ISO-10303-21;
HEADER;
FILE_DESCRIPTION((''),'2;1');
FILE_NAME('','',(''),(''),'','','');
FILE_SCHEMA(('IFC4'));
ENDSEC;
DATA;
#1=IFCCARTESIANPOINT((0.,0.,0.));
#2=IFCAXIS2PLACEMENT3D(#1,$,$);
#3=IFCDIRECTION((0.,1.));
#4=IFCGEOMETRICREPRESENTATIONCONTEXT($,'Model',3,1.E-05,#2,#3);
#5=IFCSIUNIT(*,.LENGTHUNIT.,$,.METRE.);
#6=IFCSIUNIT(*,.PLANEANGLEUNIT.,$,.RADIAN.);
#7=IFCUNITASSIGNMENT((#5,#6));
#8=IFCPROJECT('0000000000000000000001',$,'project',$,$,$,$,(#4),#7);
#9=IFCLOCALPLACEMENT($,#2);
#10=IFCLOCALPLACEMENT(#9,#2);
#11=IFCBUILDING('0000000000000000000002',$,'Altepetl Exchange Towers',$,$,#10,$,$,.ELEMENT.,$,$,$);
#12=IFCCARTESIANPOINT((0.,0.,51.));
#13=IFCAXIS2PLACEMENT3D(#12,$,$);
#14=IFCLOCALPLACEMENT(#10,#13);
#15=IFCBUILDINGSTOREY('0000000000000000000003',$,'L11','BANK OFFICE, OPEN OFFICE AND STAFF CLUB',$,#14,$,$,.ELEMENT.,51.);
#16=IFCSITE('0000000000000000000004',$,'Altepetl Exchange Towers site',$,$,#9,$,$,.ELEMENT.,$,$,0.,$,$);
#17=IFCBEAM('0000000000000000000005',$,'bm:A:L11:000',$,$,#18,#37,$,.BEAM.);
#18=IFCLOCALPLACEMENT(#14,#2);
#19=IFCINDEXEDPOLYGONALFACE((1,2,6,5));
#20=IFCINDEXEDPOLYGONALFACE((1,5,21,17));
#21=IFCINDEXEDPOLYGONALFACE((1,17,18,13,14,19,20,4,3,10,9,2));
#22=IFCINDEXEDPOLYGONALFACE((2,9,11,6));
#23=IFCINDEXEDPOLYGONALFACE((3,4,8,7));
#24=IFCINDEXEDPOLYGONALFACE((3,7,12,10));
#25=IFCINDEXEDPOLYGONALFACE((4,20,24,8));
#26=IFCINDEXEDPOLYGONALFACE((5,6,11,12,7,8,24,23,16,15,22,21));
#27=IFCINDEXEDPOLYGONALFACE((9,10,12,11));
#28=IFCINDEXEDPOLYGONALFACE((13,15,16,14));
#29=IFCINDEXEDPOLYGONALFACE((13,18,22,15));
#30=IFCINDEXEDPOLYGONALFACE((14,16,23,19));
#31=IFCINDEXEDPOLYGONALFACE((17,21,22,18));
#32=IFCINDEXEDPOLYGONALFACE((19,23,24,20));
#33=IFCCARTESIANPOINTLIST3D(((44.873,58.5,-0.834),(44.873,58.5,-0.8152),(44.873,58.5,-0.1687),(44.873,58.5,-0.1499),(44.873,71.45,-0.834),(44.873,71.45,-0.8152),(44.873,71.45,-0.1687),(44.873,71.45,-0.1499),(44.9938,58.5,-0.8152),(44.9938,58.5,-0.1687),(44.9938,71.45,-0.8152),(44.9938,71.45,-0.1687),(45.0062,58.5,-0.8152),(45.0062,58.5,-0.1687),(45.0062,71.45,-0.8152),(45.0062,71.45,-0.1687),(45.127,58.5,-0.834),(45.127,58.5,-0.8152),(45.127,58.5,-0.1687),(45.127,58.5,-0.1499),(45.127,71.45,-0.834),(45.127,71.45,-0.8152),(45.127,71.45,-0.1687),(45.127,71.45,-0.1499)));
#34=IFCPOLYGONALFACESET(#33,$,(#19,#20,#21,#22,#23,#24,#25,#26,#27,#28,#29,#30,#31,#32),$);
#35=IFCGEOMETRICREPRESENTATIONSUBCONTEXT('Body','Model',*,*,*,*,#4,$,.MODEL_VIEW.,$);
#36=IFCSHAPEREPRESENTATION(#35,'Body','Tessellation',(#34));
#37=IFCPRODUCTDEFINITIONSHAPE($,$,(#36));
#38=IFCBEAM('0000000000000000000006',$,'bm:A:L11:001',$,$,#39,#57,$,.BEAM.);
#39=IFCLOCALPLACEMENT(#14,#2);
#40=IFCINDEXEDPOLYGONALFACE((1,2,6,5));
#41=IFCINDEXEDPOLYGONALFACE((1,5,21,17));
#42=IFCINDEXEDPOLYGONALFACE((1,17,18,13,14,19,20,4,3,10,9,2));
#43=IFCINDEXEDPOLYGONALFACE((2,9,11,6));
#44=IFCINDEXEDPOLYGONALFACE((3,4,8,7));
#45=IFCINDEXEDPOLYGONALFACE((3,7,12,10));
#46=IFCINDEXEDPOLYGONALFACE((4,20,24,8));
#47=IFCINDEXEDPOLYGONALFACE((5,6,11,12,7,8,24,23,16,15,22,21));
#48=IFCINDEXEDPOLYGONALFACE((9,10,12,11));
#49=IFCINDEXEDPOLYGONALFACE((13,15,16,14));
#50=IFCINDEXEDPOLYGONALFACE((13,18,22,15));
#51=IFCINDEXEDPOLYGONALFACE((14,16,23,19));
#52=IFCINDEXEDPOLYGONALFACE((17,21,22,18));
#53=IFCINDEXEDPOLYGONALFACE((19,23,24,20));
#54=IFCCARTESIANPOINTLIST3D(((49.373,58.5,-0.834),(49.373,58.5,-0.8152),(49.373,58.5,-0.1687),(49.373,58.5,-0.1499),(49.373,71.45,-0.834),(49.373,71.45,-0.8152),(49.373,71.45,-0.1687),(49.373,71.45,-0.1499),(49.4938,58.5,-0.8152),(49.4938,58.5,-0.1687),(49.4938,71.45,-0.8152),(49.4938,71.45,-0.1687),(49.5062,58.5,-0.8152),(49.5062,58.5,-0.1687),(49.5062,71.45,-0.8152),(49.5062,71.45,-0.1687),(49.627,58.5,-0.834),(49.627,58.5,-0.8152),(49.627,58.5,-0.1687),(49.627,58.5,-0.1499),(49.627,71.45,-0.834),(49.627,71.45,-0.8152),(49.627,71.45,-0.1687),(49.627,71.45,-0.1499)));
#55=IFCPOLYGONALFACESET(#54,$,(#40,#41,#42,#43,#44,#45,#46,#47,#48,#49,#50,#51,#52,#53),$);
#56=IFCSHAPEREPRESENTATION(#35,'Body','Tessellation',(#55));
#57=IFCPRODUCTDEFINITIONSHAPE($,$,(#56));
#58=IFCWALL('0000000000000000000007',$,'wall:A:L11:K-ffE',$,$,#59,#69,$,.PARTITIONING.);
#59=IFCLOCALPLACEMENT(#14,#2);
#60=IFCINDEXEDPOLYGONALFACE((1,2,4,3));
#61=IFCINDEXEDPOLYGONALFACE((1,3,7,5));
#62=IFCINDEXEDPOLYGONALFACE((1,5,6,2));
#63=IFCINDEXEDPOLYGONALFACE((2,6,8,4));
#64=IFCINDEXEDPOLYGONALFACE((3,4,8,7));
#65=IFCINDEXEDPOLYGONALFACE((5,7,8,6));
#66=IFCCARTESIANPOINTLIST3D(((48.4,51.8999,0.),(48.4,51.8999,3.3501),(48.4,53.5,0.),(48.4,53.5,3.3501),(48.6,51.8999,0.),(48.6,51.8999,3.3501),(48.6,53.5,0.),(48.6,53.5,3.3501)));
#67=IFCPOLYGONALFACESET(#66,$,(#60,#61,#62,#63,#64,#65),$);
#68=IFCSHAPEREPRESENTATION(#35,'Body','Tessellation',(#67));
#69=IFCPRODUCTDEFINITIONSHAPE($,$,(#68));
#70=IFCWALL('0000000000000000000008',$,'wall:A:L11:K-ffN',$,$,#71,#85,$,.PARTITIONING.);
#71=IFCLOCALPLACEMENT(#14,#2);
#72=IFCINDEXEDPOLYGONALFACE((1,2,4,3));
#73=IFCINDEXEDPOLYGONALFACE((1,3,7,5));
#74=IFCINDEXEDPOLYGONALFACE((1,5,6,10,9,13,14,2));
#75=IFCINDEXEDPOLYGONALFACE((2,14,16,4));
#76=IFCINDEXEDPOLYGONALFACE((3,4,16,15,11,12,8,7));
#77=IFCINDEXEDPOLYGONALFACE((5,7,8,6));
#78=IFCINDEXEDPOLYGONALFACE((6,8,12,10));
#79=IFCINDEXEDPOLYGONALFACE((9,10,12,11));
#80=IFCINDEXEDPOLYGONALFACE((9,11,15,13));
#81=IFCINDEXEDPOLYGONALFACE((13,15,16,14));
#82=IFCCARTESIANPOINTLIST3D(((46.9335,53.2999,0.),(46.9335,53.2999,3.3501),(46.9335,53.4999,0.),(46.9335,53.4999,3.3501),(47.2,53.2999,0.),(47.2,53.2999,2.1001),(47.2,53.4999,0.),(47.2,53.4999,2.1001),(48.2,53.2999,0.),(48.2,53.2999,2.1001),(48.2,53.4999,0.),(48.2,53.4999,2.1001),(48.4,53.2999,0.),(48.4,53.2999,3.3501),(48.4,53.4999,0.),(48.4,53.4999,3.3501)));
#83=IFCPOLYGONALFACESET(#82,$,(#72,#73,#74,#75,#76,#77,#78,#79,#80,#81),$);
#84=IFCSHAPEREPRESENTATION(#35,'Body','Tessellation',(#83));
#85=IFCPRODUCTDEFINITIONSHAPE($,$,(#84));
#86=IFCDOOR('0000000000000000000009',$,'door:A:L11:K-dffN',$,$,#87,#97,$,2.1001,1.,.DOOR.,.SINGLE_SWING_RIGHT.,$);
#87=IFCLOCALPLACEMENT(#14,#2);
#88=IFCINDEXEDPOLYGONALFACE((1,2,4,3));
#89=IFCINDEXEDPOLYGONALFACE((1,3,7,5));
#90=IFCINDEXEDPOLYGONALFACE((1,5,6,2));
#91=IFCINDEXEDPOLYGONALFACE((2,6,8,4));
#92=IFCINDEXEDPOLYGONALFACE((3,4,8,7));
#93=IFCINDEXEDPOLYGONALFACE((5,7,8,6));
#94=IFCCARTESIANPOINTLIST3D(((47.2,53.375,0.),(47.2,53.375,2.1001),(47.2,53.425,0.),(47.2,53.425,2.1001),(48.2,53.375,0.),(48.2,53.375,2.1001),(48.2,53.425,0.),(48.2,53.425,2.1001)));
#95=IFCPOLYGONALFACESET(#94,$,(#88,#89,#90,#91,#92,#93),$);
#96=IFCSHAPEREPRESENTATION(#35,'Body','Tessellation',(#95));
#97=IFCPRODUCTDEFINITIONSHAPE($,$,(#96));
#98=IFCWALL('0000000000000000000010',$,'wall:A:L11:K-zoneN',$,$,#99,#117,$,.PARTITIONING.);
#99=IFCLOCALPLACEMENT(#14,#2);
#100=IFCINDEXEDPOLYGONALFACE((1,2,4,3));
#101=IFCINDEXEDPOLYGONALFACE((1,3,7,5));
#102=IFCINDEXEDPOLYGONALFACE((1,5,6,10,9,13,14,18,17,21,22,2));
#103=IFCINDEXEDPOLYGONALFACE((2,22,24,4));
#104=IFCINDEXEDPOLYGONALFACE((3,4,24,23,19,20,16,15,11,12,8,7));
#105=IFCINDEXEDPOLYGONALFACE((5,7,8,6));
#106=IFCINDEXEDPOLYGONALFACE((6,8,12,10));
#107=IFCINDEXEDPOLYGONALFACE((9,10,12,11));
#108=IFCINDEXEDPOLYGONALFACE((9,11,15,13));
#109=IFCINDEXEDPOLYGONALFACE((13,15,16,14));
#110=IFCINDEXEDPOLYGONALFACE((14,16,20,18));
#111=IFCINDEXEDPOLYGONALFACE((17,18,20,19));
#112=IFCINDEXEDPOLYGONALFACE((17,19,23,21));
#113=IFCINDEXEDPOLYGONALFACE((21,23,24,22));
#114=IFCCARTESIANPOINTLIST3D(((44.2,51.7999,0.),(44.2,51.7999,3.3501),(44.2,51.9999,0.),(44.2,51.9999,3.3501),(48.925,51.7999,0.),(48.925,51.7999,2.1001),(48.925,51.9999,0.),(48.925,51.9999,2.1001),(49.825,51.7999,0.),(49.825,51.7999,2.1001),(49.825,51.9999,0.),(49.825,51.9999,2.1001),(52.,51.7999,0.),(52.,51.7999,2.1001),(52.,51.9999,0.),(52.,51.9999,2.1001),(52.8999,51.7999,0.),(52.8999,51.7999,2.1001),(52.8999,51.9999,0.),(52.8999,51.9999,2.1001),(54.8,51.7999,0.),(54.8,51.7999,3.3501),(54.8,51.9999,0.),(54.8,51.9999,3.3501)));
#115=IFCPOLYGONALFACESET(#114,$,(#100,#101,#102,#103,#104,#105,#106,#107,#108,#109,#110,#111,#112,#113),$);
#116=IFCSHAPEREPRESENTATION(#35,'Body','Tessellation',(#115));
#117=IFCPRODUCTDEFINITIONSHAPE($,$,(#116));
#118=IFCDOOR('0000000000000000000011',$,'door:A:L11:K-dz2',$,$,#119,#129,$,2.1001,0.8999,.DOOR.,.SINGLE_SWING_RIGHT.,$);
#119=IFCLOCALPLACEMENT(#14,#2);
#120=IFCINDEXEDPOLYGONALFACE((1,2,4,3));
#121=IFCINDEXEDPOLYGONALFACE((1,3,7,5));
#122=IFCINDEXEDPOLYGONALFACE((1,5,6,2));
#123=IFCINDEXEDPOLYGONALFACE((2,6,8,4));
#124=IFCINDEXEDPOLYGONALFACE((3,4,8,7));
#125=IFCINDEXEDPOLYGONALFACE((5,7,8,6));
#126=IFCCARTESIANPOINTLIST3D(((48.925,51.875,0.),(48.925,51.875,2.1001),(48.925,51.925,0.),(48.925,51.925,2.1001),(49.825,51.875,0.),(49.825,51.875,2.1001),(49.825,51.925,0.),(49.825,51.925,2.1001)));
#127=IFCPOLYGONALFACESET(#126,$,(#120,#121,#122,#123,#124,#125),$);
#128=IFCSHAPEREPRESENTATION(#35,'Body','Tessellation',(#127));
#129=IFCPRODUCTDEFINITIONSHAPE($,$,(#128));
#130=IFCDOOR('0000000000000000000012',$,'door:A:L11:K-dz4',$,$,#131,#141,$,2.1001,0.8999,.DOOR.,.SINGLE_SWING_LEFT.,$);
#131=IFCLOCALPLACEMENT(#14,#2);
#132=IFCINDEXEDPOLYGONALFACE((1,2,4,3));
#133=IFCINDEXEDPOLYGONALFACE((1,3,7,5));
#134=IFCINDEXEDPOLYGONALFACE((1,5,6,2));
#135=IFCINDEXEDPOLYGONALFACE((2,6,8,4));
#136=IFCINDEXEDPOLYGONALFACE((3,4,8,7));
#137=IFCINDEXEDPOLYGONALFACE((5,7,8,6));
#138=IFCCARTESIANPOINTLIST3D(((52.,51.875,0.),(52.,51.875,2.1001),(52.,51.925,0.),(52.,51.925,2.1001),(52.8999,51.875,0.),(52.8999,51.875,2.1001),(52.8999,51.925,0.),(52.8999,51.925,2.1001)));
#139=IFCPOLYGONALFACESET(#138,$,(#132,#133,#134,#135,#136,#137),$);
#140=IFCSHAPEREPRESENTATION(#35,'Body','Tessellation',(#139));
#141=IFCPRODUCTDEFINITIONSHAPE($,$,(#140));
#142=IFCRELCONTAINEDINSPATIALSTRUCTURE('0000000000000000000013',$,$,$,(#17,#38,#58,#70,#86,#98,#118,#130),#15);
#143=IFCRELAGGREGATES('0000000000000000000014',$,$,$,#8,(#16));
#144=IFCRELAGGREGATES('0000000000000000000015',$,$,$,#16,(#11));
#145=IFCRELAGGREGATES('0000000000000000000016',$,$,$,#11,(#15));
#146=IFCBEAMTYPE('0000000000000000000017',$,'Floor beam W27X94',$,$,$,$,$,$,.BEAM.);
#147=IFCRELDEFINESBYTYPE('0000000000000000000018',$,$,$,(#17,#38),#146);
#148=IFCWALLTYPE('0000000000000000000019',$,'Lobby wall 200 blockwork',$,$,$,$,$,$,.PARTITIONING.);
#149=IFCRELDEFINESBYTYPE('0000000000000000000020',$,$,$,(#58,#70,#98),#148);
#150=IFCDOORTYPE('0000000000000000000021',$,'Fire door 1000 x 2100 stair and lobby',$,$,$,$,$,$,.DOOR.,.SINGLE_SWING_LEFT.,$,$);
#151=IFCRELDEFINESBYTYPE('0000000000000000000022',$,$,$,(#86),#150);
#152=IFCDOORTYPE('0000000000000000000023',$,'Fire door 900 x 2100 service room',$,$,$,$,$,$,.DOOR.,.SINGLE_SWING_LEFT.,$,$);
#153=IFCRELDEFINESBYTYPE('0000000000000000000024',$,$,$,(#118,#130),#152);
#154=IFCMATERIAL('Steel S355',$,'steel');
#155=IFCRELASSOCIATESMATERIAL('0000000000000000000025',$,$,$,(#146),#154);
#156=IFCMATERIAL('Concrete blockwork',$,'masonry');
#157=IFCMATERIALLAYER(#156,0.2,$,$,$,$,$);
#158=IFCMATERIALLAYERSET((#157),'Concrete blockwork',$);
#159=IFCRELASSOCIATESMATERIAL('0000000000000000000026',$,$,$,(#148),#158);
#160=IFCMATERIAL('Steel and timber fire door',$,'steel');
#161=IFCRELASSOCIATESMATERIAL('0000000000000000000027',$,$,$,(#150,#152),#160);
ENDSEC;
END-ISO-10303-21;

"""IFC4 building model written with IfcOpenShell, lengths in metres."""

from ifc_helpers import new_model, si_unit, direction, frame, frame_2d, origin, origin_2d, place, context, subcontext, project, spatial, rectangle, i_section, extrude, material, layer, layer_set, material_profile, profile_set, type_object, element, fill, save


model = new_model("IFC4")

# Units and contexts
model_context = context("Model", 3, precision=1e-05, world=origin(), true_north=direction((0.0, 1.0)))
body_context = subcontext(model_context, "Body", "Model", "MODEL_VIEW")
ifc_project = project(units=[si_unit("LENGTHUNIT", "METRE"), si_unit("PLANEANGLEUNIT", "RADIAN")], contexts=[model_context])

# Site, building, storey
site_placement = place(None, origin())
site = spatial("IfcSite", under=ifc_project, at=site_placement, Name="Altepetl Exchange Towers site", CompositionType="ELEMENT", RefElevation=0.0)
building_placement = place(site_placement, origin())
building = spatial("IfcBuilding", under=site, at=building_placement, Name="Altepetl Exchange Towers", CompositionType="ELEMENT")
storey_placement = place(building_placement, frame((0.0, 0.0, 51.0)))
storey = spatial("IfcBuildingStorey", under=building, at=storey_placement, Name="L11", Description="BANK OFFICE, OPEN OFFICE AND STAFF CLUB", CompositionType="ELEMENT", Elevation=51.0)

# Beams
ifc_material_1 = material(Name="Steel S355", Category="steel")
ifc_material_profile = material_profile(ifc_material_1, i_section(OverallWidth=0.2539, OverallDepth=0.6841, WebThickness=0.0125, FlangeThickness=0.0188, at=origin_2d()), Name="W27X94")
ifc_profile_set = profile_set([ifc_material_profile], Name="Steel S355")
beam_type = type_object("IfcBeamType", Name="Floor beam W27X94", PredefinedType="BEAM", material=ifc_profile_set)
for number, where, z_axis, x_axis, name in (
    (1, (45.0, 58.5, -0.4919), (0.0, 1.0, 0.0), (-1.0, 0.0, 0.0), "bm:A:L11:000"),
    (2, (49.5, 58.5, -0.4919), (0.0, 1.0, 0.0), (-1.0, 0.0, 0.0), "bm:A:L11:001"),
):
    element("IfcBeam", number, at=place(storey_placement, frame(where, z_axis=z_axis, x_axis=x_axis)), inside=storey, type_object=beam_type, Name=name, PredefinedType="BEAM", context=body_context, shape_type="SweptSolid", body=[
        extrude(i_section(OverallWidth=0.2539, OverallDepth=0.6841, WebThickness=0.0125, FlangeThickness=0.0188, at=origin_2d()), origin(), (0.0, 0.0, 1.0), 12.95),
    ])

# Wall
ifc_material_2 = material(Name="Concrete blockwork", Category="masonry")
ifc_layer_1 = layer(ifc_material_2, 0.2)
ifc_layer_set_1 = layer_set([ifc_layer_1], Name="Concrete blockwork")
wall_type_1 = type_object("IfcWallType", Name="Lobby wall 200 blockwork", PredefinedType="PARTITIONING", material=ifc_layer_set_1)
wall_1_placement = place(storey_placement, frame((48.5, 51.8999, 0.0), z_axis=(0.0, 0.0, 1.0), x_axis=(0.0, 1.0, 0.0)))
element("IfcWall", 3, at=wall_1_placement, inside=storey, type_object=wall_type_1, Name="wall:A:L11:K-ffE", PredefinedType="PARTITIONING", context=body_context, shape_type="SweptSolid", body=[
    extrude(rectangle(XDim=1.6001, YDim=0.2, at=frame_2d((0.8, 0.0))), origin(), (0.0, 0.0, 1.0), 3.3501),
])

# Wall, opening, door
wall_2_placement = place(storey_placement, frame((46.9333, 53.3999, 0.0)))
wall_2 = element("IfcWall", 4, at=wall_2_placement, inside=storey, type_object=wall_type_1, Name="wall:A:L11:K-ffN", PredefinedType="PARTITIONING", context=body_context, shape_type="SweptSolid", body=[
    extrude(rectangle(XDim=1.4666, YDim=0.2, at=frame_2d((0.7334, 0.0))), origin(), (0.0, 0.0, 1.0), 3.3501),
])
opening_1_placement = place(wall_2_placement, frame((0.2666, 0.0, 0.0)))
opening_1 = element("IfcOpeningElement", 5, at=opening_1_placement, cuts=wall_2, PredefinedType="OPENING", context=body_context, shape_type="SweptSolid", body=[
    extrude(rectangle(XDim=1.0, YDim=2.1001, at=frame_2d((0.5, 1.05))), frame((0.0, 0.1099, 0.0), z_axis=(0.0, -1.0, 0.0), x_axis=(1.0, 0.0, 0.0)), (0.0, 0.0, 1.0), 0.22),
])
ifc_material_3 = material(Name="Steel and timber fire door", Category="steel")
door_type_1 = type_object("IfcDoorType", Name="Fire door 1000 x 2100 stair and lobby", OperationType="SINGLE_SWING_LEFT", PredefinedType="DOOR", material=ifc_material_3)
door_1_placement = place(opening_1_placement, frame((1.0, 0.0, 0.0), x_axis=(-1.0, 0.0, 0.0)))
door_1 = element("IfcDoor", 6, at=door_1_placement, inside=storey, type_object=door_type_1, Name="door:A:L11:K-dffN", OperationType="SINGLE_SWING_RIGHT", OverallHeight=2.1001, OverallWidth=1.0, PredefinedType="DOOR", context=body_context, shape_type="SweptSolid", body=[
    extrude(rectangle(XDim=1.0, YDim=2.1001, at=frame_2d((0.5, 1.05))), frame((0.0, 0.0249, 0.0), z_axis=(0.0, -1.0, 0.0), x_axis=(1.0, 0.0, 0.0)), (0.0, 0.0, 1.0), 0.05),
])
fill(opening_1, door_1)

# Wall, openings, doors
wall_3_placement = place(storey_placement, frame((44.2, 51.8999, 0.0)))
wall_3 = element("IfcWall", 7, at=wall_3_placement, inside=storey, type_object=wall_type_1, Name="wall:A:L11:K-zoneN", PredefinedType="PARTITIONING", context=body_context, shape_type="SweptSolid", body=[
    extrude(rectangle(XDim=10.6001, YDim=0.2, at=frame_2d((5.3, 0.0))), origin(), (0.0, 0.0, 1.0), 3.3501),
])
opening_2_placement = place(wall_3_placement, frame((4.7251, 0.0, 0.0)))
opening_2 = element("IfcOpeningElement", 8, at=opening_2_placement, cuts=wall_3, PredefinedType="OPENING", context=body_context, shape_type="SweptSolid", body=[
    extrude(rectangle(XDim=0.8999, YDim=2.1001, at=frame_2d((0.45, 1.05))), frame((0.0, 0.1099, 0.0), z_axis=(0.0, -1.0, 0.0), x_axis=(1.0, 0.0, 0.0)), (0.0, 0.0, 1.0), 0.22),
])
opening_3_placement = place(wall_3_placement, frame((7.8, 0.0, 0.0)))
opening_3 = element("IfcOpeningElement", 9, at=opening_3_placement, cuts=wall_3, PredefinedType="OPENING", context=body_context, shape_type="SweptSolid", body=[
    extrude(rectangle(XDim=0.8999, YDim=2.1001, at=frame_2d((0.45, 1.05))), frame((0.0, 0.1099, 0.0), z_axis=(0.0, -1.0, 0.0), x_axis=(1.0, 0.0, 0.0)), (0.0, 0.0, 1.0), 0.22),
])
door_type_2 = type_object("IfcDoorType", Name="Fire door 900 x 2100 service room", OperationType="SINGLE_SWING_LEFT", PredefinedType="DOOR", material=ifc_material_3)
door_2_placement = place(opening_2_placement, frame((0.8999, 0.0, 0.0), x_axis=(-1.0, 0.0, 0.0)))
door_2 = element("IfcDoor", 10, at=door_2_placement, inside=storey, type_object=door_type_2, Name="door:A:L11:K-dz2", OperationType="SINGLE_SWING_RIGHT", OverallHeight=2.1001, OverallWidth=0.8999, PredefinedType="DOOR", context=body_context, shape_type="SweptSolid", body=[
    extrude(rectangle(XDim=0.8999, YDim=2.1001, at=frame_2d((0.45, 1.05))), frame((0.0, 0.0249, 0.0), z_axis=(0.0, -1.0, 0.0), x_axis=(1.0, 0.0, 0.0)), (0.0, 0.0, 1.0), 0.05),
])
fill(opening_2, door_2)
door_3_placement = place(opening_3_placement, frame((0.8999, 0.0, 0.0), x_axis=(-1.0, 0.0, 0.0)))
door_3 = element("IfcDoor", 11, at=door_3_placement, inside=storey, type_object=door_type_2, Name="door:A:L11:K-dz4", OperationType="SINGLE_SWING_LEFT", OverallHeight=2.1001, OverallWidth=0.8999, PredefinedType="DOOR", context=body_context, shape_type="SweptSolid", body=[
    extrude(rectangle(XDim=0.8999, YDim=2.1001, at=frame_2d((0.45, 1.05))), frame((0.0, 0.0249, 0.0), z_axis=(0.0, -1.0, 0.0), x_axis=(1.0, 0.0, 0.0)), (0.0, 0.0, 1.0), 0.05),
])
fill(opening_3, door_3)

save(model, "model.ifc")
